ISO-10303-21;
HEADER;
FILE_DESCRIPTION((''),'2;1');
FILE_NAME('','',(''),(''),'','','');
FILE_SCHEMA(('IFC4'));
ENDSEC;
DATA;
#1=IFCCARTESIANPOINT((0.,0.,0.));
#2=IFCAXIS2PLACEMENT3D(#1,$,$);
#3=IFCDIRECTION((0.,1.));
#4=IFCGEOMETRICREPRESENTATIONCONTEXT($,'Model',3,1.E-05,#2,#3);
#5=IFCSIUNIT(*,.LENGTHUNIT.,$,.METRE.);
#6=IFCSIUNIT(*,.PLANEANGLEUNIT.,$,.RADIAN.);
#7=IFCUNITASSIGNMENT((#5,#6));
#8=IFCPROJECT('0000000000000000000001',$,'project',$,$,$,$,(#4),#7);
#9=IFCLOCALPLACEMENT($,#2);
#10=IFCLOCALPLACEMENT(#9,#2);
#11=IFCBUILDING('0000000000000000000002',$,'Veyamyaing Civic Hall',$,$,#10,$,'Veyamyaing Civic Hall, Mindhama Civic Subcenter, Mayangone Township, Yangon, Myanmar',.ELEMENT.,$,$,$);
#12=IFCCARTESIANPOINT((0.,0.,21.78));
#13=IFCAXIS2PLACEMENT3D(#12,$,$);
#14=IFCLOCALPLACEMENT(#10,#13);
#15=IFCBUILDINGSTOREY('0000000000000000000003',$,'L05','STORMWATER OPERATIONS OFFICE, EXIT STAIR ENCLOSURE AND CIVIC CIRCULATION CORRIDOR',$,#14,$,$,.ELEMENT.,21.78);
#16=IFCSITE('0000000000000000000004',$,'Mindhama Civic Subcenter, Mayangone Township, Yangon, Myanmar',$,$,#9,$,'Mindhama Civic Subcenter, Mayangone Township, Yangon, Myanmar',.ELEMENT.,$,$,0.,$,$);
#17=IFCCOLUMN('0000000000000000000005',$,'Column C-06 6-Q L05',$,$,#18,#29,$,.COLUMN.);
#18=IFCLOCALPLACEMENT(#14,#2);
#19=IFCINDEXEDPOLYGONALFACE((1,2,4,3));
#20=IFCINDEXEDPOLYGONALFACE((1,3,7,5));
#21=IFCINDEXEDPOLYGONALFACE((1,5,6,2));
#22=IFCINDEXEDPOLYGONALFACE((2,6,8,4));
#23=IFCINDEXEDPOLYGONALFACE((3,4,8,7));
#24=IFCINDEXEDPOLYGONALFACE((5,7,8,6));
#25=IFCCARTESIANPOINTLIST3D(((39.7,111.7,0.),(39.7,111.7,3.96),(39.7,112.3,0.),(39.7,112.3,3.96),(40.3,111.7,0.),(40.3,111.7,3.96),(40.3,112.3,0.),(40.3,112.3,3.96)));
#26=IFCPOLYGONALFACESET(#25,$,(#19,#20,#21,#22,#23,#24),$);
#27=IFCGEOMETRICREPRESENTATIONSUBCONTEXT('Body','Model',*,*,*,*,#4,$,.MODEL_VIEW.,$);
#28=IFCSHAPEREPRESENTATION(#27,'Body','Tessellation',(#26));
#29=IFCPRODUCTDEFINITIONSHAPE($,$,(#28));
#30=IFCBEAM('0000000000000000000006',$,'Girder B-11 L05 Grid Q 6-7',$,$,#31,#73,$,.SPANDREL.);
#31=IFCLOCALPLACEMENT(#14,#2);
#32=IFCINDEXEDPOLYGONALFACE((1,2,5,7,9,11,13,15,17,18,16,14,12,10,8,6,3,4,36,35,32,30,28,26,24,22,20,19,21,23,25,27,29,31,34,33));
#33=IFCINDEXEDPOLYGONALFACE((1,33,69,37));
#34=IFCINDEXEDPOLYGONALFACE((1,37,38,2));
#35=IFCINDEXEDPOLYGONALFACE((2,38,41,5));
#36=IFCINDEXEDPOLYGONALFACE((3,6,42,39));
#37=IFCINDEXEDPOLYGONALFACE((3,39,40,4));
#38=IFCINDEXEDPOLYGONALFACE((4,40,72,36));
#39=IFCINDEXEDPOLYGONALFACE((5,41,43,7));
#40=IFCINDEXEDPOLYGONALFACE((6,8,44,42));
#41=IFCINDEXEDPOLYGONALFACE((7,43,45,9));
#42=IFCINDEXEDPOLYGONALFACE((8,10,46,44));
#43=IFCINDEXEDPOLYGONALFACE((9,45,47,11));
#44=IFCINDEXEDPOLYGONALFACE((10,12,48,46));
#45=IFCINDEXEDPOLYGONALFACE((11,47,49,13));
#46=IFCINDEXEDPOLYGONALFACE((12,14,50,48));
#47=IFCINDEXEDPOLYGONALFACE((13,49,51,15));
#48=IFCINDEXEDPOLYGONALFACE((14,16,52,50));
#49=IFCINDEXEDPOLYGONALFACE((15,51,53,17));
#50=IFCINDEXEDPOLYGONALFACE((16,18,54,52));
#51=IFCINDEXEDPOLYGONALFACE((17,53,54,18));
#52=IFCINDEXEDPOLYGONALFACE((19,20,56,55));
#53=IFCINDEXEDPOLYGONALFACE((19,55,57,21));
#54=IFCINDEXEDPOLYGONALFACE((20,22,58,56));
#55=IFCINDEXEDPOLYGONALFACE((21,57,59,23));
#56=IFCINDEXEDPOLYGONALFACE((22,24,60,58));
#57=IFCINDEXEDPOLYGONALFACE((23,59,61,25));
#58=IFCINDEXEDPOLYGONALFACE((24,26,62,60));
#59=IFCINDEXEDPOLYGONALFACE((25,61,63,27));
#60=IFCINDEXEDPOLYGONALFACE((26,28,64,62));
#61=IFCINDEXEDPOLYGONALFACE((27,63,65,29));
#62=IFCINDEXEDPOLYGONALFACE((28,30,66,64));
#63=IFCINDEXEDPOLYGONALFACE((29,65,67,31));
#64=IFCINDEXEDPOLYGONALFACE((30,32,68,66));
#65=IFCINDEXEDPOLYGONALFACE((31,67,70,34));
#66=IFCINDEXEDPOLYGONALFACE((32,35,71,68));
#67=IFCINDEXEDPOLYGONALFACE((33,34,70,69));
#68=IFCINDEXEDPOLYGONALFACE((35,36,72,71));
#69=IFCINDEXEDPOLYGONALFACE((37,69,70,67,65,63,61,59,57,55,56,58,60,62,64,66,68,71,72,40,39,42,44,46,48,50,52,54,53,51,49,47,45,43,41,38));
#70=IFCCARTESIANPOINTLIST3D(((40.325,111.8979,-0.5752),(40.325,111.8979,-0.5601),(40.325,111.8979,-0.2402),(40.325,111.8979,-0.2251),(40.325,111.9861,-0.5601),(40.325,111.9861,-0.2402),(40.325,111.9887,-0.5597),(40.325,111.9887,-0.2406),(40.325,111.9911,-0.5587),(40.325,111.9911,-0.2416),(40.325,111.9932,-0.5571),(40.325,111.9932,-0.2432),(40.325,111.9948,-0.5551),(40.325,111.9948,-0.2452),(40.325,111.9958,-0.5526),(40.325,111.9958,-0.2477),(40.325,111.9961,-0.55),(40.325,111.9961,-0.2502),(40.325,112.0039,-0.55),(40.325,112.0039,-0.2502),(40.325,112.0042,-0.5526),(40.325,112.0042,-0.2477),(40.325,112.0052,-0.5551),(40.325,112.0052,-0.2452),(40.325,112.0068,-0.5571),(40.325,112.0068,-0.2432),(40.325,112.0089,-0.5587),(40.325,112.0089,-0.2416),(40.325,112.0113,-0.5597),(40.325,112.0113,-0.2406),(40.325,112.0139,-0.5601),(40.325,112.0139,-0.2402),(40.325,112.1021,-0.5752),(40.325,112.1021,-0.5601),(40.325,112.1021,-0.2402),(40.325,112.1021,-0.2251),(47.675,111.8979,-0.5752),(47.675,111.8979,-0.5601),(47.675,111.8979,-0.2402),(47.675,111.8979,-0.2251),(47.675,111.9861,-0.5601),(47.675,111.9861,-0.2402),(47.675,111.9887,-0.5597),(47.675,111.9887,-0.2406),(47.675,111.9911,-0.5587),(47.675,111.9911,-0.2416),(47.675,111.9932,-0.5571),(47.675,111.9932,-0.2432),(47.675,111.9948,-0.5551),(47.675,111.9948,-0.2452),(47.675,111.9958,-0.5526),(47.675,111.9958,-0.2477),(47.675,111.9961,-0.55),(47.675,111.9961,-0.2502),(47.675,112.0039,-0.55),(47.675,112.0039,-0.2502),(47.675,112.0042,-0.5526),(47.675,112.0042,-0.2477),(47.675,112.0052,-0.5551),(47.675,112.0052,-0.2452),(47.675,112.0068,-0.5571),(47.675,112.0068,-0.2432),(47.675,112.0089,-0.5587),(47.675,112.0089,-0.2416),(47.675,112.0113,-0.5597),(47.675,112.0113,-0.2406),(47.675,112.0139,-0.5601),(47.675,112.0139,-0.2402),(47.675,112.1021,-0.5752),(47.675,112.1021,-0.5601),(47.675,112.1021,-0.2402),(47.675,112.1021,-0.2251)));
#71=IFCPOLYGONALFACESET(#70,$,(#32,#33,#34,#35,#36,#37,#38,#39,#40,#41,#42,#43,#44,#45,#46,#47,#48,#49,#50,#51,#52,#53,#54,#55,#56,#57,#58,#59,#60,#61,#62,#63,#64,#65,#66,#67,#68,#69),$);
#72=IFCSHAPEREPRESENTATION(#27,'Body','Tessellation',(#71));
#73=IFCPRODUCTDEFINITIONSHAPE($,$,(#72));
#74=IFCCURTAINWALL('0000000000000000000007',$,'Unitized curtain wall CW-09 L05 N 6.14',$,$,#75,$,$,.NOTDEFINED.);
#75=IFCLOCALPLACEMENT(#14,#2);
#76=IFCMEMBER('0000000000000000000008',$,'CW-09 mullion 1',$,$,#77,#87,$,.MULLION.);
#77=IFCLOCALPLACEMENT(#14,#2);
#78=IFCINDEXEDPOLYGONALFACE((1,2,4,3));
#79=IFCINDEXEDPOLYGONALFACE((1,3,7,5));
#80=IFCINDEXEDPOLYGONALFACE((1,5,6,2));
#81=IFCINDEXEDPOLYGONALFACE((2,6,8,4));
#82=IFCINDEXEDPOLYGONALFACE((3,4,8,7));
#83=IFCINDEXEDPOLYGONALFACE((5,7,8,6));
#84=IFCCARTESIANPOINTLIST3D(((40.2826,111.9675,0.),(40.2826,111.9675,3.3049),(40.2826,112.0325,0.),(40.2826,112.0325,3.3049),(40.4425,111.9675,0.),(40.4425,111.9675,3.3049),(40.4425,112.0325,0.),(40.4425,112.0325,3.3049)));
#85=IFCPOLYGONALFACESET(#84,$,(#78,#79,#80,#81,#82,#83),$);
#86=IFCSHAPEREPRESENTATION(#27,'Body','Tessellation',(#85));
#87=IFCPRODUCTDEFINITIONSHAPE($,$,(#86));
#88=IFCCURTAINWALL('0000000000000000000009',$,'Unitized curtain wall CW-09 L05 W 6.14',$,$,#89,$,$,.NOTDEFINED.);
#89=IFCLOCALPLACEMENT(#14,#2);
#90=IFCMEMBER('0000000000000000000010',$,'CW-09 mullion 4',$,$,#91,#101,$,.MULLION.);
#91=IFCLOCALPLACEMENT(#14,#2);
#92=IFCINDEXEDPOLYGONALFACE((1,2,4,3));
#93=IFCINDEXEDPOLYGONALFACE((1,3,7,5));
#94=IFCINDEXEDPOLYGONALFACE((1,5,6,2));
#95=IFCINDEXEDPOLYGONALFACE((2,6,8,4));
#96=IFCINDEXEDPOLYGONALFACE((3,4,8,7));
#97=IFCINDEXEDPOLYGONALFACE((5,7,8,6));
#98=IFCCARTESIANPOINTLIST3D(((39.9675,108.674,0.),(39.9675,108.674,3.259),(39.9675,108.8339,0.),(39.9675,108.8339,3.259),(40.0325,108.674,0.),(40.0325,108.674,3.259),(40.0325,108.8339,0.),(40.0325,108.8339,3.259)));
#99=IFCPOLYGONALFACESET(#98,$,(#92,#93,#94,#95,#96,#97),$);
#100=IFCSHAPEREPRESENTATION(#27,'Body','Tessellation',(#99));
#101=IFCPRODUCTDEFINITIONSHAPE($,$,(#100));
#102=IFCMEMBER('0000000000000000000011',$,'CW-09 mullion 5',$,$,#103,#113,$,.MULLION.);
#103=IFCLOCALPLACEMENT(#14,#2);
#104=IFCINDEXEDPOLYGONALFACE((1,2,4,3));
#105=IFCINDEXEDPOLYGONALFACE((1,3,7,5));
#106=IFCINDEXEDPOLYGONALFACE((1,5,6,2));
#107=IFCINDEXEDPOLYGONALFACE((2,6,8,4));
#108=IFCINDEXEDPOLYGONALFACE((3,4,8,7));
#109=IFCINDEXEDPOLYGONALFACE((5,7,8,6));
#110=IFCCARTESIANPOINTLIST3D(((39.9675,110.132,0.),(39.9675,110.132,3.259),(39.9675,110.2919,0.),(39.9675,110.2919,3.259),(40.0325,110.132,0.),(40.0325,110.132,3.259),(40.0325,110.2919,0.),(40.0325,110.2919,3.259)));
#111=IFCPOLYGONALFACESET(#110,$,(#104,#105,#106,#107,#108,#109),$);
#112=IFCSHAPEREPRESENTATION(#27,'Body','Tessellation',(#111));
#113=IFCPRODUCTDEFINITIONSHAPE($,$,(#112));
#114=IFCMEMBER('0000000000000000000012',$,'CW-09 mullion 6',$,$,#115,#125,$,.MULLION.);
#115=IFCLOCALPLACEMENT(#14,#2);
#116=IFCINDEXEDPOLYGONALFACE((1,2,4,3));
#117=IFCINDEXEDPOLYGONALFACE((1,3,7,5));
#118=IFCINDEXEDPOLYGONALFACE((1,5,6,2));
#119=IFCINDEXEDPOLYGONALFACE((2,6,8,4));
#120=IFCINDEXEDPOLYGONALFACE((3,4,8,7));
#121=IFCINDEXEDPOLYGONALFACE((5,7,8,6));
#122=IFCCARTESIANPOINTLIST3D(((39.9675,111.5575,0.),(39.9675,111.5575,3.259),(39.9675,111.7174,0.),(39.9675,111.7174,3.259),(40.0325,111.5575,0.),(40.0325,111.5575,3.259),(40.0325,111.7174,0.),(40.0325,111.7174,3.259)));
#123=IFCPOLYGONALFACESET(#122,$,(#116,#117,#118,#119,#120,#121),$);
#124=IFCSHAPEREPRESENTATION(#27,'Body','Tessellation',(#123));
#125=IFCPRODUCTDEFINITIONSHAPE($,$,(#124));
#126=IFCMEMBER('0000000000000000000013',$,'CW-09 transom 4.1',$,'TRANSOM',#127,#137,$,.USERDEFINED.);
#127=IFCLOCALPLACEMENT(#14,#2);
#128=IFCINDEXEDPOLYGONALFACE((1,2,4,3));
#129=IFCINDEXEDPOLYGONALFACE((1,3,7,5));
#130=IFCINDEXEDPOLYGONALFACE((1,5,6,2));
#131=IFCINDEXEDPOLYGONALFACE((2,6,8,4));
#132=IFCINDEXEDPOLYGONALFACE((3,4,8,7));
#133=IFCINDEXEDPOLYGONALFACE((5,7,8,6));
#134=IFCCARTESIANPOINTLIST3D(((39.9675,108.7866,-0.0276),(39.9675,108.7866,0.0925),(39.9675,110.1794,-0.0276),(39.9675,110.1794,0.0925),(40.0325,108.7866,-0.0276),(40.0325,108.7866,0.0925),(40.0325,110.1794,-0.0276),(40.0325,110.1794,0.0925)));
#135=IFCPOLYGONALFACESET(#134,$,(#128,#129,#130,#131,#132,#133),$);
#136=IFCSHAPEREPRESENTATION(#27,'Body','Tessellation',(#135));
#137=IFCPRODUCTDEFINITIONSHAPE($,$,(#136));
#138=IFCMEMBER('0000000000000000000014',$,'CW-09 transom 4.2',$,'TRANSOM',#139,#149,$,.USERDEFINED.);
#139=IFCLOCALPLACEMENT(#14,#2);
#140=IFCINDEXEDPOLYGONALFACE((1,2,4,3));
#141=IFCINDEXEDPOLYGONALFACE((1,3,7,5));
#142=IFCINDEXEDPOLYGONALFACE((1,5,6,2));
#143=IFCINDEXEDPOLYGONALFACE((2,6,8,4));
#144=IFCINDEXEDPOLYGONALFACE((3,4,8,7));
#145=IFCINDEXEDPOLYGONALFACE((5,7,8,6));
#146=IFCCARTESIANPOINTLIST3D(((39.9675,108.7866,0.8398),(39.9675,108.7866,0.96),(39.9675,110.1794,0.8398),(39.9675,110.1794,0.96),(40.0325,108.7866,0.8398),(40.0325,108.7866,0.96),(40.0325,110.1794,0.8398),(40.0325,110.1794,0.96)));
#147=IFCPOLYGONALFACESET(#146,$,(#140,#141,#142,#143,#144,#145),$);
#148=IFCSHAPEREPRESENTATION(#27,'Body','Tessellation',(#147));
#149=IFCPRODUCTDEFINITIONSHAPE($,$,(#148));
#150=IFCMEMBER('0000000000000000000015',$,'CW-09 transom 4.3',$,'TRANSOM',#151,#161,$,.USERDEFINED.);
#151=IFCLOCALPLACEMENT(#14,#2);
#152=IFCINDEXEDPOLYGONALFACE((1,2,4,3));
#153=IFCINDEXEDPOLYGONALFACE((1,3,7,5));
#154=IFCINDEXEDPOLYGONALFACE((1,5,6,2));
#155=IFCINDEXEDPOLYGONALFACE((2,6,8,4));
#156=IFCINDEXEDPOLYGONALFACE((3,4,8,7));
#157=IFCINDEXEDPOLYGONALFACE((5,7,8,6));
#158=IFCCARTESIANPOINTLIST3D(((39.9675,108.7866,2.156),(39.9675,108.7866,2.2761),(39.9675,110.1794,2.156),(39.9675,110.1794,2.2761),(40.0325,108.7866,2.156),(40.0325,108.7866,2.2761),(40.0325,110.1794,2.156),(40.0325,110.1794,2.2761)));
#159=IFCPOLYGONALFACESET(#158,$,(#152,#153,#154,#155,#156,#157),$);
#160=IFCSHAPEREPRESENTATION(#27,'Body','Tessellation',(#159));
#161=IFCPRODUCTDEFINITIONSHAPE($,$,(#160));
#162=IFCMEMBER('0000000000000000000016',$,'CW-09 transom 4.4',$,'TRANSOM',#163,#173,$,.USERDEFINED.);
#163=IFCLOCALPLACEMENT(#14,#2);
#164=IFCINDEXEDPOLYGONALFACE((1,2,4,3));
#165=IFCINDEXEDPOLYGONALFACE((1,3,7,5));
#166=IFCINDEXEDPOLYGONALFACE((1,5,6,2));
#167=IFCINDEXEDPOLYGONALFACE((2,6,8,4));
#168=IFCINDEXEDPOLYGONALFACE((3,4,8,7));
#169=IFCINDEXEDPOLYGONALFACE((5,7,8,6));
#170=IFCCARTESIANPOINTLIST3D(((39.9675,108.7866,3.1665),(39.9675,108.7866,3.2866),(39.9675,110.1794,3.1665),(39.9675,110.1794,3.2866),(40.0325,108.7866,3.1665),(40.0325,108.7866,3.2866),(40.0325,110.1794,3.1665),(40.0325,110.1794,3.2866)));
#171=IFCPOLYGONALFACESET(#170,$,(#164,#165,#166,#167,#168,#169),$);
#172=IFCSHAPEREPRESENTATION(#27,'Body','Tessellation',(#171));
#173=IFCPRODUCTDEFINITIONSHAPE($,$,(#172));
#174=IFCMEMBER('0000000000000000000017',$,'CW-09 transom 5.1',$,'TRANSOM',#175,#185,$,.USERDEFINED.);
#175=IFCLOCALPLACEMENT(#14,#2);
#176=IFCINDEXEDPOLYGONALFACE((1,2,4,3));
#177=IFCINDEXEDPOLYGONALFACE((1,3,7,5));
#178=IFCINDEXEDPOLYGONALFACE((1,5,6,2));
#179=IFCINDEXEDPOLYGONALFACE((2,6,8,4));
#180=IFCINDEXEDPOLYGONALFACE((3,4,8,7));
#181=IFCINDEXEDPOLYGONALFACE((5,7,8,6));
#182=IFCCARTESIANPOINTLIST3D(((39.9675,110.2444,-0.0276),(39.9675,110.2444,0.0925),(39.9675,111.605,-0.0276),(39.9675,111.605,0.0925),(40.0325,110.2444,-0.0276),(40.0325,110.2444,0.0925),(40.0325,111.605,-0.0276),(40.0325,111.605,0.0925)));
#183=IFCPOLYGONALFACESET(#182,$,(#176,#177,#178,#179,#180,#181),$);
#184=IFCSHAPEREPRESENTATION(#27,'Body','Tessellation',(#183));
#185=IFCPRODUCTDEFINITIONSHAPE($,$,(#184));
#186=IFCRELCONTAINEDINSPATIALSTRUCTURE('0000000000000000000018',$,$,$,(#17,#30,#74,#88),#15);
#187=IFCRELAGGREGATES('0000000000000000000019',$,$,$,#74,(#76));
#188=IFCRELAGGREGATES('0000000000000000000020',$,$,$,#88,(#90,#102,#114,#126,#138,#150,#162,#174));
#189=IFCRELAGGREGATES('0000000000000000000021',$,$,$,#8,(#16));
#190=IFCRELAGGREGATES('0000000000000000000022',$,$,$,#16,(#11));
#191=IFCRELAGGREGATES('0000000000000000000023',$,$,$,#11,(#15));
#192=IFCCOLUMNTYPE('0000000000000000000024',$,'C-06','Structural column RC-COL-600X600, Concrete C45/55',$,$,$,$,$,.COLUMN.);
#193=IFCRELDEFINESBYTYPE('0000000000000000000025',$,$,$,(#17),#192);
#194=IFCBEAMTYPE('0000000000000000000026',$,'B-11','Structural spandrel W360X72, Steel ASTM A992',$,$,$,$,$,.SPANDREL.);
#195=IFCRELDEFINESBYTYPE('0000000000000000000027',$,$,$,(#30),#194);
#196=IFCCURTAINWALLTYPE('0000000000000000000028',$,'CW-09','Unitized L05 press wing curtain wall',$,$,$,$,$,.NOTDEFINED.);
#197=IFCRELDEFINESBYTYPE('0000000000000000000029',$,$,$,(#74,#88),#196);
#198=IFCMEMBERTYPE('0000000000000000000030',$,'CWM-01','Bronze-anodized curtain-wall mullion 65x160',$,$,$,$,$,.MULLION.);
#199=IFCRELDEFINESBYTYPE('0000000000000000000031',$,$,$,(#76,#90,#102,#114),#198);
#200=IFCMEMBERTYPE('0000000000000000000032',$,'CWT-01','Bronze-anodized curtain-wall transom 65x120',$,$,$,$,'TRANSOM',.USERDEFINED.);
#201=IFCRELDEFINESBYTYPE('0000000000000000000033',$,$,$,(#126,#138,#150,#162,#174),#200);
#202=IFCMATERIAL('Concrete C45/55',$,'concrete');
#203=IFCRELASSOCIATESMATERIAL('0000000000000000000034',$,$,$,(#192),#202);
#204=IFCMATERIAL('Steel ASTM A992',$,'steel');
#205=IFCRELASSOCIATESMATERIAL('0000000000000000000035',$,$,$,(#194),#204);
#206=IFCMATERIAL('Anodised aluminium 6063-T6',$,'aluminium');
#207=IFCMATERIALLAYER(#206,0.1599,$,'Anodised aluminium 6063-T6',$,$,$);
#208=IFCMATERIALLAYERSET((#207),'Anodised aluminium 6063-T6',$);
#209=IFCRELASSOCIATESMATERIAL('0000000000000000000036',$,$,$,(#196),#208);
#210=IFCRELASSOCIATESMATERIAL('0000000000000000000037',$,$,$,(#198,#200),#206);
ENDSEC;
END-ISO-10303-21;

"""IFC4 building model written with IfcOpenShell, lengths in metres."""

from ifc_helpers import new_model, si_unit, direction, frame, origin, origin_2d, place, context, subcontext, project, spatial, rectangle, i_section, extrude, material, layer, layer_set, material_profile, profile_set, type_object, element, aggregate, save


model = new_model("IFC4")

# Units and contexts
model_context = context("Model", 3, precision=1e-05, world=origin(), true_north=direction((0.0, 1.0)))
body_context = subcontext(model_context, "Body", "Model", "MODEL_VIEW")
ifc_project = project(units=[si_unit("LENGTHUNIT", "METRE"), si_unit("PLANEANGLEUNIT", "RADIAN")], contexts=[model_context])

# Site, building, storey
site_placement = place(None, origin())
site = spatial("IfcSite", under=ifc_project, at=site_placement, Name="Mindhama Civic Subcenter, Mayangone Township, Yangon, Myanmar", LongName="Mindhama Civic Subcenter, Mayangone Township, Yangon, Myanmar", CompositionType="ELEMENT", RefElevation=0.0)
building_placement = place(site_placement, origin())
building = spatial("IfcBuilding", under=site, at=building_placement, Name="Veyamyaing Civic Hall", LongName="Veyamyaing Civic Hall, Mindhama Civic Subcenter, Mayangone Township, Yangon, Myanmar", CompositionType="ELEMENT")
storey_placement = place(building_placement, frame((0.0, 0.0, 21.78)))
storey = spatial("IfcBuildingStorey", under=building, at=storey_placement, Name="L05", Description="STORMWATER OPERATIONS OFFICE, EXIT STAIR ENCLOSURE AND CIVIC CIRCULATION CORRIDOR", CompositionType="ELEMENT", Elevation=21.78)

# Column
ifc_material_1 = material(Name="Concrete C45/55", Category="concrete")
ifc_material_profile_1 = material_profile(ifc_material_1, rectangle(XDim=0.6001, YDim=0.6001, at=origin_2d()), Name="RC-COL-600X600")
ifc_profile_set_1 = profile_set([ifc_material_profile_1], Name="Concrete C45/55")
column_type = type_object("IfcColumnType", Name="C-06", Description="Structural column RC-COL-600X600, Concrete C45/55", PredefinedType="COLUMN", material=ifc_profile_set_1)
column_placement = place(storey_placement, frame((40.0, 112.0, 0.0), z_axis=(0.0, 0.0, 1.0), x_axis=(1.0, 0.0, 0.0)))
element("IfcColumn", 1, at=column_placement, inside=storey, type_object=column_type, Name="Column C-06 6-Q L05", PredefinedType="COLUMN", context=body_context, shape_type="SweptSolid", body=[
    extrude(rectangle(XDim=0.6001, YDim=0.6001, at=origin_2d()), origin(), (0.0, 0.0, 1.0), 3.96),
])

# Beam
ifc_material_2 = material(Name="Steel ASTM A992", Category="steel")
ifc_material_profile_2 = material_profile(ifc_material_2, i_section(OverallWidth=0.2041, OverallDepth=0.3501, WebThickness=0.0078, FlangeThickness=0.0151, FilletRadius=0.01, at=origin_2d()), Name="W360X72")
ifc_profile_set_2 = profile_set([ifc_material_profile_2], Name="Steel ASTM A992")
beam_type_1 = type_object("IfcBeamType", Name="B-11", Description="Structural spandrel W360X72, Steel ASTM A992", PredefinedType="SPANDREL", material=ifc_profile_set_2)
beam_1_placement = place(storey_placement, frame((40.325, 112.0, -0.4001), z_axis=(1.0, 0.0, 0.0), x_axis=(0.0, 1.0, 0.0)))
element("IfcBeam", 2, at=beam_1_placement, inside=storey, type_object=beam_type_1, Name="Girder B-11 L05 Grid Q 6-7", PredefinedType="SPANDREL", context=body_context, shape_type="SweptSolid", body=[
    extrude(i_section(OverallWidth=0.2041, OverallDepth=0.3501, WebThickness=0.0078, FlangeThickness=0.0151, FilletRadius=0.01, at=origin_2d()), origin(), (0.0, 0.0, 1.0), 7.3501),
])

# Curtain wall, member
ifc_material_3 = material(Name="Anodised aluminium 6063-T6", Category="aluminium")
ifc_layer_1 = layer(ifc_material_3, 0.1599, Name="Anodised aluminium 6063-T6")
ifc_layer_set_1 = layer_set([ifc_layer_1], Name="Anodised aluminium 6063-T6")
curtain_wall_type = type_object("IfcCurtainWallType", Name="CW-09", Description="Unitized L05 press wing curtain wall", PredefinedType="NOTDEFINED", material=ifc_layer_set_1)
curtain_wall_1_placement = place(storey_placement, origin())
curtain_wall_1 = element("IfcCurtainWall", 3, at=curtain_wall_1_placement, inside=storey, type_object=curtain_wall_type, Name="Unitized curtain wall CW-09 L05 N 6.14", PredefinedType="NOTDEFINED")
ifc_material_profile_3 = material_profile(ifc_material_3, rectangle(XDim=0.0649, YDim=0.1599, at=origin_2d()), Name="ALU-MUL-65X160")
ifc_profile_set_3 = profile_set([ifc_material_profile_3], Name="Anodised aluminium 6063-T6")
member_type_1 = type_object("IfcMemberType", Name="CWM-01", Description="Bronze-anodized curtain-wall mullion 65x160", PredefinedType="MULLION", material=ifc_profile_set_3)
member_1_placement = place(storey_placement, frame((40.3625, 112.0, 0.0), z_axis=(0.0, 0.0, 1.0), x_axis=(0.0, 1.0, 0.0)))
member_1 = element("IfcMember", 4, at=member_1_placement, type_object=member_type_1, Name="CW-09 mullion 1", PredefinedType="MULLION", context=body_context, shape_type="SweptSolid", body=[
    extrude(rectangle(XDim=0.0649, YDim=0.1599, at=origin_2d()), origin(), (0.0, 0.0, 1.0), 3.3049),
])
aggregate(curtain_wall_1, [member_1])

# Curtain wall, members
curtain_wall_2_placement = place(storey_placement, origin())
curtain_wall_2 = element("IfcCurtainWall", 5, at=curtain_wall_2_placement, inside=storey, type_object=curtain_wall_type, Name="Unitized curtain wall CW-09 L05 W 6.14", PredefinedType="NOTDEFINED")
member_2_placement = place(storey_placement, frame((40.0, 108.7539, 0.0), z_axis=(0.0, 0.0, 1.0), x_axis=(-1.0, 0.0, 0.0)))
member_2 = element("IfcMember", 6, at=member_2_placement, type_object=member_type_1, Name="CW-09 mullion 4", PredefinedType="MULLION", context=body_context, shape_type="SweptSolid", body=[
    extrude(rectangle(XDim=0.0649, YDim=0.1599, at=origin_2d()), origin(), (0.0, 0.0, 1.0), 3.259),
])
member_3_placement = place(storey_placement, frame((40.0, 110.2119, 0.0), z_axis=(0.0, 0.0, 1.0), x_axis=(-1.0, 0.0, 0.0)))
member_3 = element("IfcMember", 7, at=member_3_placement, type_object=member_type_1, Name="CW-09 mullion 5", PredefinedType="MULLION", context=body_context, shape_type="SweptSolid", body=[
    extrude(rectangle(XDim=0.0649, YDim=0.1599, at=origin_2d()), origin(), (0.0, 0.0, 1.0), 3.259),
])
member_4_placement = place(storey_placement, frame((40.0, 111.6375, 0.0), z_axis=(0.0, 0.0, 1.0), x_axis=(-1.0, 0.0, 0.0)))
member_4 = element("IfcMember", 8, at=member_4_placement, type_object=member_type_1, Name="CW-09 mullion 6", PredefinedType="MULLION", context=body_context, shape_type="SweptSolid", body=[
    extrude(rectangle(XDim=0.0649, YDim=0.1599, at=origin_2d()), origin(), (0.0, 0.0, 1.0), 3.259),
])
ifc_material_profile_4 = material_profile(ifc_material_3, rectangle(XDim=0.0649, YDim=0.1201, at=origin_2d()), Name="ALU-TRN-65X120")
ifc_profile_set_4 = profile_set([ifc_material_profile_4], Name="Anodised aluminium 6063-T6")
member_type_2 = type_object("IfcMemberType", Name="CWT-01", Description="Bronze-anodized curtain-wall transom 65x120", ElementType="TRANSOM", PredefinedType="USERDEFINED", material=ifc_profile_set_4)
member_5_placement = place(storey_placement, frame((40.0, 108.7866, 0.0325), z_axis=(0.0, 1.0, 0.0), x_axis=(-1.0, 0.0, 0.0)))
member_5 = element("IfcMember", 9, at=member_5_placement, type_object=member_type_2, Name="CW-09 transom 4.1", ObjectType="TRANSOM", PredefinedType="USERDEFINED", context=body_context, shape_type="SweptSolid", body=[
    extrude(rectangle(XDim=0.0649, YDim=0.1201, at=origin_2d()), origin(), (0.0, 0.0, 1.0), 1.3928),
])
member_6_placement = place(storey_placement, frame((40.0, 108.7866, 0.8999), z_axis=(0.0, 1.0, 0.0), x_axis=(-1.0, 0.0, 0.0)))
member_6 = element("IfcMember", 10, at=member_6_placement, type_object=member_type_2, Name="CW-09 transom 4.2", ObjectType="TRANSOM", PredefinedType="USERDEFINED", context=body_context, shape_type="SweptSolid", body=[
    extrude(rectangle(XDim=0.0649, YDim=0.1201, at=origin_2d()), origin(), (0.0, 0.0, 1.0), 1.3928),
])
member_7_placement = place(storey_placement, frame((40.0, 108.7866, 2.2161), z_axis=(0.0, 1.0, 0.0), x_axis=(-1.0, 0.0, 0.0)))
member_7 = element("IfcMember", 11, at=member_7_placement, type_object=member_type_2, Name="CW-09 transom 4.3", ObjectType="TRANSOM", PredefinedType="USERDEFINED", context=body_context, shape_type="SweptSolid", body=[
    extrude(rectangle(XDim=0.0649, YDim=0.1201, at=origin_2d()), origin(), (0.0, 0.0, 1.0), 1.3928),
])
member_8_placement = place(storey_placement, frame((40.0, 108.7866, 3.2266), z_axis=(0.0, 1.0, 0.0), x_axis=(-1.0, 0.0, 0.0)))
member_8 = element("IfcMember", 12, at=member_8_placement, type_object=member_type_2, Name="CW-09 transom 4.4", ObjectType="TRANSOM", PredefinedType="USERDEFINED", context=body_context, shape_type="SweptSolid", body=[
    extrude(rectangle(XDim=0.0649, YDim=0.1201, at=origin_2d()), origin(), (0.0, 0.0, 1.0), 1.3928),
])
member_9_placement = place(storey_placement, frame((40.0, 110.2444, 0.0325), z_axis=(0.0, 1.0, 0.0), x_axis=(-1.0, 0.0, 0.0)))
member_9 = element("IfcMember", 13, at=member_9_placement, type_object=member_type_2, Name="CW-09 transom 5.1", ObjectType="TRANSOM", PredefinedType="USERDEFINED", context=body_context, shape_type="SweptSolid", body=[
    extrude(rectangle(XDim=0.0649, YDim=0.1201, at=origin_2d()), origin(), (0.0, 0.0, 1.0), 1.3606),
])

aggregate(curtain_wall_2, [member_2, member_3, member_4, member_5, member_6, member_7, member_8, member_9])

save(model, "model.ifc")
